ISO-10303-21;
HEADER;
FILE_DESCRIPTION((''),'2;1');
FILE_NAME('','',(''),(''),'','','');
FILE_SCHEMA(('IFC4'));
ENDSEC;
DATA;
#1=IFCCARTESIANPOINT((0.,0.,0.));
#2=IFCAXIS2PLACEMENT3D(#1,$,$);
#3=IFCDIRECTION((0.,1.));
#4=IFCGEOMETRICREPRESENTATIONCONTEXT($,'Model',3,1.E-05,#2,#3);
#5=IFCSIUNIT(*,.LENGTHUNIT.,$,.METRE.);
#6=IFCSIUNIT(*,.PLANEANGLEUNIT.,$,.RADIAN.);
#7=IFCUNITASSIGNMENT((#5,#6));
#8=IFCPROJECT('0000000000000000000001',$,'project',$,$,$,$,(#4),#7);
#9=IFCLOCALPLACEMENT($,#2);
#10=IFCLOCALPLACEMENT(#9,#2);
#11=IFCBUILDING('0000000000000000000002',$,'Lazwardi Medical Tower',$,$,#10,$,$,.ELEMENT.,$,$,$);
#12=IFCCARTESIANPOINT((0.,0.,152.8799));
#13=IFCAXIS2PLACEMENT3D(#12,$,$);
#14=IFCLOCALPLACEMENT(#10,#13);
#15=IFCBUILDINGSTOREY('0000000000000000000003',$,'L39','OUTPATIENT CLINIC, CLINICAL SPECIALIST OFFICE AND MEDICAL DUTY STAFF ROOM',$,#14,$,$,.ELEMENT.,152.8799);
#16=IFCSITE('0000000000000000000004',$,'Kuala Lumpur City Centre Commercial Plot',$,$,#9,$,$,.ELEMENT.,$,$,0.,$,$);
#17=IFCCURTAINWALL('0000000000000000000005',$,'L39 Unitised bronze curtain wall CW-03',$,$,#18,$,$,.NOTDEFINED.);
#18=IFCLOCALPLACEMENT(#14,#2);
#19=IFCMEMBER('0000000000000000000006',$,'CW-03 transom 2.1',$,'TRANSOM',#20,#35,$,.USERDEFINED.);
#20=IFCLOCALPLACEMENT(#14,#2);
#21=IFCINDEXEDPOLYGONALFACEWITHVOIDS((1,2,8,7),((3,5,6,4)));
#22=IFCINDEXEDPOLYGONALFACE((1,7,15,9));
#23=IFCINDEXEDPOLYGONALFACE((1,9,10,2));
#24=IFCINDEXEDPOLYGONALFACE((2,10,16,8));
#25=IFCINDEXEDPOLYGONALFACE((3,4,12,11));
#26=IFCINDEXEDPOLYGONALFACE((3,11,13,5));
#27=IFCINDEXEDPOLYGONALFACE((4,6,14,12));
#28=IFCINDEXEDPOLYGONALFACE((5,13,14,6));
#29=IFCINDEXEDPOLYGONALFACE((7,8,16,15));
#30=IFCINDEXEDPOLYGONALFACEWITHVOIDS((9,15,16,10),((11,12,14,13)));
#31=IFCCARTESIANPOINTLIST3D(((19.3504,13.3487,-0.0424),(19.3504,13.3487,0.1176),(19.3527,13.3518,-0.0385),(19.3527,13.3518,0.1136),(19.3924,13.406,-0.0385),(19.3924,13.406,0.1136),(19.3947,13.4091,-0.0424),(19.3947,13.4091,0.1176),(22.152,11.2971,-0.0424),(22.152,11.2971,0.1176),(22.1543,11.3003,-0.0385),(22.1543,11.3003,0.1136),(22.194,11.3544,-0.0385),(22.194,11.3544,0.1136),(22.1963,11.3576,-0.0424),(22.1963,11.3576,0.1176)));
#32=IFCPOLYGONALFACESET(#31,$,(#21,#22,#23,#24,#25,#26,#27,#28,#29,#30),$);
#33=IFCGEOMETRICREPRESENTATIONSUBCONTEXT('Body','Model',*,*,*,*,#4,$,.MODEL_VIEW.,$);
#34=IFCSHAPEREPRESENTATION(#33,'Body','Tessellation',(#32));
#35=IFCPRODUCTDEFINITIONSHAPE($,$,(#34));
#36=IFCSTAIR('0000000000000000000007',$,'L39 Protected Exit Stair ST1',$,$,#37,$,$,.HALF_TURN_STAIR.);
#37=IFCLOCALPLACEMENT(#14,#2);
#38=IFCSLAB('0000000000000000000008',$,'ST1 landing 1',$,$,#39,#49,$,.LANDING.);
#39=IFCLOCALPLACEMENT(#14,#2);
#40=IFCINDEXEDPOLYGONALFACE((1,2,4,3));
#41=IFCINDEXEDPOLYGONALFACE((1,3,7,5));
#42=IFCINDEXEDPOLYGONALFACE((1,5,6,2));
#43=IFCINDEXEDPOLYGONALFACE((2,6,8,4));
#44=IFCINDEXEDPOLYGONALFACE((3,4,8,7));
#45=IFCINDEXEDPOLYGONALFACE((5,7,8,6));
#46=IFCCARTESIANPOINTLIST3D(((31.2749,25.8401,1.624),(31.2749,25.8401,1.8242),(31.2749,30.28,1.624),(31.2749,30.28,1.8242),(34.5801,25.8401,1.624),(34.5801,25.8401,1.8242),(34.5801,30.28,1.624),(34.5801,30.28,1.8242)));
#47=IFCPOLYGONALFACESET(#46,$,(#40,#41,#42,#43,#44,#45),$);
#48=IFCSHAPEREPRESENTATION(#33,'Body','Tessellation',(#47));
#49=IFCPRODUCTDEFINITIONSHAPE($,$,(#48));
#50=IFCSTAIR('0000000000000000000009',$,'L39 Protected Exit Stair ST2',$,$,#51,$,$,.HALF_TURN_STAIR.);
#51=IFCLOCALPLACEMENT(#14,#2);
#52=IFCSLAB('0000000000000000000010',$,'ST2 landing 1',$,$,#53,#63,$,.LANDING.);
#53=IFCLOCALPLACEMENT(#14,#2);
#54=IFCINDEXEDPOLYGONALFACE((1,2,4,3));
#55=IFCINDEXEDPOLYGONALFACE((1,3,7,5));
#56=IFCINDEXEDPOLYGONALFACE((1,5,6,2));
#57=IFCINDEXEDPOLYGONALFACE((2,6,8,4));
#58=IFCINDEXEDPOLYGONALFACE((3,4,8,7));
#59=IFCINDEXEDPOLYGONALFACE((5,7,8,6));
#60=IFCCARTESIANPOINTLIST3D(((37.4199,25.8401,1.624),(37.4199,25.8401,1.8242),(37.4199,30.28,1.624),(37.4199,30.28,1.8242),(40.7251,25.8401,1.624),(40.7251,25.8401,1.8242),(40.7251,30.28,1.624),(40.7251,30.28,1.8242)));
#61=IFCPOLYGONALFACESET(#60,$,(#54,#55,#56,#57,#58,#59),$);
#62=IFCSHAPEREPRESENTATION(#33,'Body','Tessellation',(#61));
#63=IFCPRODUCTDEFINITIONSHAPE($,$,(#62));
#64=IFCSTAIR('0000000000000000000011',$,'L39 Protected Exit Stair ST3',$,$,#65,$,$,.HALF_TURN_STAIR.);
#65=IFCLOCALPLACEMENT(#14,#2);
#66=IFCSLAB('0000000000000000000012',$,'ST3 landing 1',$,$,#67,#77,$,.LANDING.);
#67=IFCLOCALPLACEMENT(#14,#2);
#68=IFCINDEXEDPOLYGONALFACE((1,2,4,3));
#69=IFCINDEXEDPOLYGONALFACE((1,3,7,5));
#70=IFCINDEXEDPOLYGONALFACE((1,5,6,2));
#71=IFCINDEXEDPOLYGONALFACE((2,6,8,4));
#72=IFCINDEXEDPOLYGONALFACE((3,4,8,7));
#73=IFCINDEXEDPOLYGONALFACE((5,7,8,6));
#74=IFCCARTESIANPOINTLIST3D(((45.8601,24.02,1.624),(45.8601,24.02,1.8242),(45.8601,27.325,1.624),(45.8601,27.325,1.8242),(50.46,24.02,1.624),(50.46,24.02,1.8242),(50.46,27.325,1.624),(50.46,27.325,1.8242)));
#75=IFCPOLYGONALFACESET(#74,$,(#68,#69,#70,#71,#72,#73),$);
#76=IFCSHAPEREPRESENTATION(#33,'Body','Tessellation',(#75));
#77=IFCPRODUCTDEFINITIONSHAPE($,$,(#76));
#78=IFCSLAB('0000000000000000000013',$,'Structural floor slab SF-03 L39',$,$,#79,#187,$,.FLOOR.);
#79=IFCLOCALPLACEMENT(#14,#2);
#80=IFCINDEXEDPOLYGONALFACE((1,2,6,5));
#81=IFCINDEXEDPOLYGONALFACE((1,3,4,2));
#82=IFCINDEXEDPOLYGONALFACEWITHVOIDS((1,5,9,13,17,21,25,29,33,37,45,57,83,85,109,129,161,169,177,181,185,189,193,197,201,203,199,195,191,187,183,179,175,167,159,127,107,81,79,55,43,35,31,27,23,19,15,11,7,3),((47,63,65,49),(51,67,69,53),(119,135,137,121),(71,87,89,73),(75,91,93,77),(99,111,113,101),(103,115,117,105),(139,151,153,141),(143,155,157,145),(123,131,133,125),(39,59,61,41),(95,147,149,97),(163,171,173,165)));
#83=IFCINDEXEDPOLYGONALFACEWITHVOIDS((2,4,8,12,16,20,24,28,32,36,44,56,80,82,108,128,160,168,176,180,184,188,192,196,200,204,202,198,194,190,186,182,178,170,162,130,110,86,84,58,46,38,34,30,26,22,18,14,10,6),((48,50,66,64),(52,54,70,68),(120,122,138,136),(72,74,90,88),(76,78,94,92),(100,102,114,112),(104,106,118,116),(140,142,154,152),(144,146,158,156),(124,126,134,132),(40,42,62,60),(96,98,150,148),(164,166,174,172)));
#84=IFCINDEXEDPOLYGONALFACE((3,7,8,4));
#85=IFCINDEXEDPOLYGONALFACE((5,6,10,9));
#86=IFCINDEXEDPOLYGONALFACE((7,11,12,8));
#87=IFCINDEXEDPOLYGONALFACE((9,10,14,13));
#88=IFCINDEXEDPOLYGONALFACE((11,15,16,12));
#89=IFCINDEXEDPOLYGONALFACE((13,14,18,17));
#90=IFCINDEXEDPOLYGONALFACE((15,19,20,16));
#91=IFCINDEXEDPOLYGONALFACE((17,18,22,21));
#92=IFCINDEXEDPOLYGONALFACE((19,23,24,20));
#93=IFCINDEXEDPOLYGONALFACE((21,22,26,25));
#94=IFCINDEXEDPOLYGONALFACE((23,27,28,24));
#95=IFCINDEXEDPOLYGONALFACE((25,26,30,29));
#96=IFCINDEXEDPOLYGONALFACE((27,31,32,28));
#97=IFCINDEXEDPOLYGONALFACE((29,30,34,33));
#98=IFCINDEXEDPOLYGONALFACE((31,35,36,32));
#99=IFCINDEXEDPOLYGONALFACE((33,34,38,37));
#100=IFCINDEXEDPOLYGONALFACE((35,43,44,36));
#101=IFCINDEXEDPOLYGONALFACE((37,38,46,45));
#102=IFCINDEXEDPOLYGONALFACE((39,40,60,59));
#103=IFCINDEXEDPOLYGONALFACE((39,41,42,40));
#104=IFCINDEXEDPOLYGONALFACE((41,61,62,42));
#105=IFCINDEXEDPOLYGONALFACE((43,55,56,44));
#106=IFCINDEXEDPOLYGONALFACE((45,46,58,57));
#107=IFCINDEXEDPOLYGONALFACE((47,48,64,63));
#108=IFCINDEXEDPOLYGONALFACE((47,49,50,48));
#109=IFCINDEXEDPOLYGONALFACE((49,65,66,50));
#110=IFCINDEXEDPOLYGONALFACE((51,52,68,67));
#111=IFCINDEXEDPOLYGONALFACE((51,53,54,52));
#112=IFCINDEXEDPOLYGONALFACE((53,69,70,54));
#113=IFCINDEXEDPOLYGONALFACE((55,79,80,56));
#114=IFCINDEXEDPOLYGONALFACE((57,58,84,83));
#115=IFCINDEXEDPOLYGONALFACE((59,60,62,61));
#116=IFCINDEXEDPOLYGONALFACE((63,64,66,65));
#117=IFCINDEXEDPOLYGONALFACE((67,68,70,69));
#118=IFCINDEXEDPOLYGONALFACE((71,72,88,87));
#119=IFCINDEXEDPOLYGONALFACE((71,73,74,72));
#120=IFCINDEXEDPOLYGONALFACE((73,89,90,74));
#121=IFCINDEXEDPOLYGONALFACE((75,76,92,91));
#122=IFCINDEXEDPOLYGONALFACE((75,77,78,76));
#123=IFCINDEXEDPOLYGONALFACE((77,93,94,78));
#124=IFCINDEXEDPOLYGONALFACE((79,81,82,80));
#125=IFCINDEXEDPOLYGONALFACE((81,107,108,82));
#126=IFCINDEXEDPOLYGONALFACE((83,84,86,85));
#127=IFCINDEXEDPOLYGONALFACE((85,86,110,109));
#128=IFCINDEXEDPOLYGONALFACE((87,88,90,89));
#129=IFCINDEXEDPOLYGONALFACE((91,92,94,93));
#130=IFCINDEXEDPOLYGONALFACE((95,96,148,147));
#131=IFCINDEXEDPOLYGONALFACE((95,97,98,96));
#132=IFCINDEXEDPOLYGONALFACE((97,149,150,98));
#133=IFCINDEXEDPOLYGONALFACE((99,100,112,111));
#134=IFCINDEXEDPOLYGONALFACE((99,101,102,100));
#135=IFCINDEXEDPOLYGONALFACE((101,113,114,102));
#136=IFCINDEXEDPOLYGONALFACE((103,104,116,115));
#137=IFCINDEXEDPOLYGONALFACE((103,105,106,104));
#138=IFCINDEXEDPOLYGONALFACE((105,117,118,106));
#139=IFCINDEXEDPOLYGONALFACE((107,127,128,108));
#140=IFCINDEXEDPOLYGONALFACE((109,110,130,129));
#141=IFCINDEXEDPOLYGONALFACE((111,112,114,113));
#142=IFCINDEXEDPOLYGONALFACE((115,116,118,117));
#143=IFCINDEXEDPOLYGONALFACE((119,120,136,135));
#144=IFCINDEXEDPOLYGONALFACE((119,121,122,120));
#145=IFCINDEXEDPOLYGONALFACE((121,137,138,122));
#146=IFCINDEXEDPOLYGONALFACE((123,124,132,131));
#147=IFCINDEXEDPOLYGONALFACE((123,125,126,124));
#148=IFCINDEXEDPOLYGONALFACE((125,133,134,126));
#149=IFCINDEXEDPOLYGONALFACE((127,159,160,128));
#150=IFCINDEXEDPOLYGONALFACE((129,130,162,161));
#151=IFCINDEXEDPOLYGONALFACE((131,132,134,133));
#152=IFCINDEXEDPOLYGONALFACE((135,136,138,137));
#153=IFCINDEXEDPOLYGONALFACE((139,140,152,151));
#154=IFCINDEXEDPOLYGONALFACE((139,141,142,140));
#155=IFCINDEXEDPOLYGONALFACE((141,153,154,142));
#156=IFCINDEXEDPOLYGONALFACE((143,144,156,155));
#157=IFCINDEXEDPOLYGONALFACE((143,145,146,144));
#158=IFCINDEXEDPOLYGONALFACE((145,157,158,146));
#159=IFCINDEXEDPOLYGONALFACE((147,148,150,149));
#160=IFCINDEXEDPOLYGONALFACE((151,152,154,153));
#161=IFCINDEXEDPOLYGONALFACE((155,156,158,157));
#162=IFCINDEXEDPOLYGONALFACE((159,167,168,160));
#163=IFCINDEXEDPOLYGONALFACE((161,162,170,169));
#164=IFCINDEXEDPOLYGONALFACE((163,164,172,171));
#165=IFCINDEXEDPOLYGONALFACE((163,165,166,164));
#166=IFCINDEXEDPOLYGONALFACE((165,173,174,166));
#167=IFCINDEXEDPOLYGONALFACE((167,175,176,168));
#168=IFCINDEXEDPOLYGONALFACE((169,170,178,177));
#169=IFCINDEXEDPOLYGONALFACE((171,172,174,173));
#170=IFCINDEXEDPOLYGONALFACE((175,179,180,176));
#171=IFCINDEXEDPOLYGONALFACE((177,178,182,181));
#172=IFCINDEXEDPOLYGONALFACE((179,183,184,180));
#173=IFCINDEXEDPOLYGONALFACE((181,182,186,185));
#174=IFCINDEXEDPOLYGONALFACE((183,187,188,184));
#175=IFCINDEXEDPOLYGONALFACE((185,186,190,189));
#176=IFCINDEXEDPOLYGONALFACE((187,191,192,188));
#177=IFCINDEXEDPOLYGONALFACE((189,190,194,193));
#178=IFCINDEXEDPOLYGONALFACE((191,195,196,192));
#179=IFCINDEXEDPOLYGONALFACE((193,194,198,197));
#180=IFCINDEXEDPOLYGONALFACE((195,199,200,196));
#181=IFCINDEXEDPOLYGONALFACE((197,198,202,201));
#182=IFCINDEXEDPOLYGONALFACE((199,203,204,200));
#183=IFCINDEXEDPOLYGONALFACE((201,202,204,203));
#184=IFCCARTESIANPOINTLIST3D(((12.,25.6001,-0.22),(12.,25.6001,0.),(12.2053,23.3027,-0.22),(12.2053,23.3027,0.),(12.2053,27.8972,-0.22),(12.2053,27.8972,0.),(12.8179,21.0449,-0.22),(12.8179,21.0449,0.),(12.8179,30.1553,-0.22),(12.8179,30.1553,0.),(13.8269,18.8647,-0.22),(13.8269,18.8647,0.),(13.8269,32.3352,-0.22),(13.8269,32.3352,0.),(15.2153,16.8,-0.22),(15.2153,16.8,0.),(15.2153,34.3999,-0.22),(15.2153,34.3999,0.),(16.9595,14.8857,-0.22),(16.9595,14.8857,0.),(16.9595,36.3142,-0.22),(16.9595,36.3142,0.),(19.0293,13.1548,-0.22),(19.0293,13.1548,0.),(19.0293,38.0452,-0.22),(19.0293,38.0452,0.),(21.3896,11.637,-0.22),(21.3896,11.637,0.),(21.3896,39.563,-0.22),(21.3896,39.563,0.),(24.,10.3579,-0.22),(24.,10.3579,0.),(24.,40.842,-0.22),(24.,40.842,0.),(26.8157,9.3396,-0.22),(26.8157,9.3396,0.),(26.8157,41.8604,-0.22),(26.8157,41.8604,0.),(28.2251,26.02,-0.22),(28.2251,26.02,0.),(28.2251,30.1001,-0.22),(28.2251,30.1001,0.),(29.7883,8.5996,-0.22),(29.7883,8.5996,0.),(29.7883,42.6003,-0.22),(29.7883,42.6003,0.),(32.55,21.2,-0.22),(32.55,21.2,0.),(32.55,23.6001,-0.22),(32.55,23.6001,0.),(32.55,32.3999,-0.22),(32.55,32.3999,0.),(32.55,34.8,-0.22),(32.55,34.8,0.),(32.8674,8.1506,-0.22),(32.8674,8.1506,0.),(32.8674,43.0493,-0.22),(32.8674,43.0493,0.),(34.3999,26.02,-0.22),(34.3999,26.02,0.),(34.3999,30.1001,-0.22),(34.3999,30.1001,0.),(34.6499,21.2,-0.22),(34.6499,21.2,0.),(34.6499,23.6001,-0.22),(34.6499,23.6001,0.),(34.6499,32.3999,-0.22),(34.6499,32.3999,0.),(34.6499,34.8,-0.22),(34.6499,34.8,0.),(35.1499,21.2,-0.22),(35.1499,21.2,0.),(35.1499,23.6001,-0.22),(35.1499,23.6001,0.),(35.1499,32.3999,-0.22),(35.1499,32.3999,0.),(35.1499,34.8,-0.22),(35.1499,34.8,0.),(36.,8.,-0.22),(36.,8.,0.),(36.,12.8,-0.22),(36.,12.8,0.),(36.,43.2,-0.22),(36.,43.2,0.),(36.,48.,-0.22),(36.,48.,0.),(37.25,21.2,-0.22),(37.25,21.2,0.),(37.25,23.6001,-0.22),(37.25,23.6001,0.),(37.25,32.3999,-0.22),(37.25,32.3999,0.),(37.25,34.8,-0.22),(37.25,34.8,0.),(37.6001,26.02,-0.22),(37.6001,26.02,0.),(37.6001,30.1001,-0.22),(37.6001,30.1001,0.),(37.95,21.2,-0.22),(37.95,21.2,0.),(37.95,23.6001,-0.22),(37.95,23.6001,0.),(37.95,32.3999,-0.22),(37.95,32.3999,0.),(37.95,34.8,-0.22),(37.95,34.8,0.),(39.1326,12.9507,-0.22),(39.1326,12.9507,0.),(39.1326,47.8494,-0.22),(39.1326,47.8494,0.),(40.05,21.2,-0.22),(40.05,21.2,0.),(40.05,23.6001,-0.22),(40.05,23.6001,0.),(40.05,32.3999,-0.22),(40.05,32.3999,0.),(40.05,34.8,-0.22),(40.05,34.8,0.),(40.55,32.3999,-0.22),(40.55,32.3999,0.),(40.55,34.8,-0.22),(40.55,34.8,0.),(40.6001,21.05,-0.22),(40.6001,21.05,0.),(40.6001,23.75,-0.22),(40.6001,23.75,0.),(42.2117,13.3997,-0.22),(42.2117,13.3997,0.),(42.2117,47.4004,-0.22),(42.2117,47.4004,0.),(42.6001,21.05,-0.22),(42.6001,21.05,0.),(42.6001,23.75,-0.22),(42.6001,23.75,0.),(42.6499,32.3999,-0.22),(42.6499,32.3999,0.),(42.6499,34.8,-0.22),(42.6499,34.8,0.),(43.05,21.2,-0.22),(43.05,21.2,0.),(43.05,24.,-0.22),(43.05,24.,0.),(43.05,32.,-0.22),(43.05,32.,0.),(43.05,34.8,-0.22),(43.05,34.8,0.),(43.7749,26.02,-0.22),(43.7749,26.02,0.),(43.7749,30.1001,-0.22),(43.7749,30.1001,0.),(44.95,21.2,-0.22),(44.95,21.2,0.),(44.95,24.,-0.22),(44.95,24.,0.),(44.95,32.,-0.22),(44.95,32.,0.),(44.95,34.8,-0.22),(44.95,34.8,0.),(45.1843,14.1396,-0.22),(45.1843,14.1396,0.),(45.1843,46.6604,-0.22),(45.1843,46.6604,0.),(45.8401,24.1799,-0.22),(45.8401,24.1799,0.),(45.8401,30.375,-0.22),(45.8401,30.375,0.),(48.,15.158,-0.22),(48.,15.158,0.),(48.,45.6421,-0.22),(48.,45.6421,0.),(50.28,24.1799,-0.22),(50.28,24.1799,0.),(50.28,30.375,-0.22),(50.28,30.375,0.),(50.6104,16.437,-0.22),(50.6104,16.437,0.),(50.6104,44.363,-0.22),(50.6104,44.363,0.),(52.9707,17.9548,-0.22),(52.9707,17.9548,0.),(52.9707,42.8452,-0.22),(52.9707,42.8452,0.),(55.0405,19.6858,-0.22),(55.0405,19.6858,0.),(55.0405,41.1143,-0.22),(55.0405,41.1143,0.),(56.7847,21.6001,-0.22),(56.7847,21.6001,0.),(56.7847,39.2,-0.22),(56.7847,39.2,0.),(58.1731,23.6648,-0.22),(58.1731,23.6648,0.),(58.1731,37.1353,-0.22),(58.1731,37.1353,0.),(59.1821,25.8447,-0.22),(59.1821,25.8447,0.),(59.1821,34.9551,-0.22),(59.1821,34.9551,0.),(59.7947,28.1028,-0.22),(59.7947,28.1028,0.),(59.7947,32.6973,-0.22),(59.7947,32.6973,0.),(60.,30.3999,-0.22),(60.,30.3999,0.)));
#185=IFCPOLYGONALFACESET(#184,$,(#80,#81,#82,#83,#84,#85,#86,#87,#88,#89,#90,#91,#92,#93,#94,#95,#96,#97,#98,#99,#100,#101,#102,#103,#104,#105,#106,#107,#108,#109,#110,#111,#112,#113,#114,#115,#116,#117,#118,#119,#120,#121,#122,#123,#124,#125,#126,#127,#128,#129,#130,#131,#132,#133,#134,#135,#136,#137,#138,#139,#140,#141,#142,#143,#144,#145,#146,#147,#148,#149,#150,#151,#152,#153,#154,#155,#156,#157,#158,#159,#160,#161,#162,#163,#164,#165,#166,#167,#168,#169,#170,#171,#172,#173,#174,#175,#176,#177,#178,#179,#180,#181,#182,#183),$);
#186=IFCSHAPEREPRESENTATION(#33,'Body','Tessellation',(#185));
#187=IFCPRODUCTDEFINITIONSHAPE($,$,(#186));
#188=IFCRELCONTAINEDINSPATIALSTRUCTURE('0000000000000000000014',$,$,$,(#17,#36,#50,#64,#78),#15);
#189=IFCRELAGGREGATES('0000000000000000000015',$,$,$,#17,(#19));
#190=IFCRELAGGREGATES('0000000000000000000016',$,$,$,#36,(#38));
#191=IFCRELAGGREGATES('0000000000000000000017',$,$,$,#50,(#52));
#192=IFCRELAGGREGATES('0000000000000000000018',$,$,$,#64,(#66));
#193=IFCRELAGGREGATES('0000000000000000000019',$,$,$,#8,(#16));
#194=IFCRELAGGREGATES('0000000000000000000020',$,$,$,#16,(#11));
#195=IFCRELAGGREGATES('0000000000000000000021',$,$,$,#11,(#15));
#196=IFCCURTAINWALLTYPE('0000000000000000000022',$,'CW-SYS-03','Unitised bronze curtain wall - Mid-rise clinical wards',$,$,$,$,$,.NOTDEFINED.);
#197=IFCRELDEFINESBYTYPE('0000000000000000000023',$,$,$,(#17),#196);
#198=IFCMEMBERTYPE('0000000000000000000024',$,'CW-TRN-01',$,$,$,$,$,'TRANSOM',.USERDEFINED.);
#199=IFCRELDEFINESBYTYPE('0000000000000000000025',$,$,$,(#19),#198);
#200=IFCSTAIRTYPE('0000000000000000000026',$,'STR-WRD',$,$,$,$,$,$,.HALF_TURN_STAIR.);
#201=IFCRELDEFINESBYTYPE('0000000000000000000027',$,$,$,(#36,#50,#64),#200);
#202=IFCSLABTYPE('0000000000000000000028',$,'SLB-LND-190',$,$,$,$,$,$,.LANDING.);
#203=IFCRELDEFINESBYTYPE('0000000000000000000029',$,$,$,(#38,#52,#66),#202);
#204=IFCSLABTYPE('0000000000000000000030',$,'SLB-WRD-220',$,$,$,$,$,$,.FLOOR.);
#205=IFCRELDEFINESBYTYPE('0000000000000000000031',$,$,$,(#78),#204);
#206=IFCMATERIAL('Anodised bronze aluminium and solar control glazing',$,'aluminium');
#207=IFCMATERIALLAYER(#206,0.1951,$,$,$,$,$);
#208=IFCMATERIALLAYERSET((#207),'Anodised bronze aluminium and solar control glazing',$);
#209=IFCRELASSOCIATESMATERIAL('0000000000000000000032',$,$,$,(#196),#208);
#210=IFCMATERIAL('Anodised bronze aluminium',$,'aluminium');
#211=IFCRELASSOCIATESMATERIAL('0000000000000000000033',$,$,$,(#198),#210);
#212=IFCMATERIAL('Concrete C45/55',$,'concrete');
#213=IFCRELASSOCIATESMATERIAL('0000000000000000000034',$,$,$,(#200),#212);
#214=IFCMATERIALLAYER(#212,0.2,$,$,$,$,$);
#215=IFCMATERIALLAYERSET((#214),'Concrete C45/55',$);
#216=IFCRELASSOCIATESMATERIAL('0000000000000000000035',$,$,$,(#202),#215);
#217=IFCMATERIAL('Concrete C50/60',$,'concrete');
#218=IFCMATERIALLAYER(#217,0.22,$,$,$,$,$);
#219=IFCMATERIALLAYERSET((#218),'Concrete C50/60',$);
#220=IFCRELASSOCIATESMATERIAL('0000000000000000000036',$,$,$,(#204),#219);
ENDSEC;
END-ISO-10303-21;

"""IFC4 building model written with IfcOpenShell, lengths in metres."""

from ifc_helpers import new_model, si_unit, direction, frame, origin, origin_2d, place, context, subcontext, project, spatial, polyline, hollow_rectangle, outline, extrude, material, layer, layer_set, material_profile, profile_set, type_object, element, aggregate, save


model = new_model("IFC4")

# Units and contexts
model_context = context("Model", 3, precision=1e-05, world=origin(), true_north=direction((0.0, 1.0)))
body_context = subcontext(model_context, "Body", "Model", "MODEL_VIEW")
ifc_project = project(units=[si_unit("LENGTHUNIT", "METRE"), si_unit("PLANEANGLEUNIT", "RADIAN")], contexts=[model_context])

# Site, building, storey
site_placement = place(None, origin())
site = spatial("IfcSite", under=ifc_project, at=site_placement, Name="Kuala Lumpur City Centre Commercial Plot", CompositionType="ELEMENT", RefElevation=0.0)
building_placement = place(site_placement, origin())
building = spatial("IfcBuilding", under=site, at=building_placement, Name="Lazwardi Medical Tower", CompositionType="ELEMENT")
storey_placement = place(building_placement, frame((0.0, 0.0, 152.8799)))
storey = spatial("IfcBuildingStorey", under=building, at=storey_placement, Name="L39", Description="OUTPATIENT CLINIC, CLINICAL SPECIALIST OFFICE AND MEDICAL DUTY STAFF ROOM", CompositionType="ELEMENT", Elevation=152.8799)

# Curtain wall, member
ifc_material_1 = material(Name="Anodised bronze aluminium and solar control glazing", Category="aluminium")
ifc_layer_1 = layer(ifc_material_1, 0.1951)
ifc_layer_set_1 = layer_set([ifc_layer_1], Name="Anodised bronze aluminium and solar control glazing")
curtain_wall_type = type_object("IfcCurtainWallType", Name="CW-SYS-03", Description="Unitised bronze curtain wall - Mid-rise clinical wards", PredefinedType="NOTDEFINED", material=ifc_layer_set_1)
curtain_wall_placement = place(storey_placement, origin())
curtain_wall = element("IfcCurtainWall", 1, at=curtain_wall_placement, inside=storey, type_object=curtain_wall_type, Name="L39 Unitised bronze curtain wall CW-03", PredefinedType="NOTDEFINED")
ifc_material_2 = material(Name="Anodised bronze aluminium", Category="aluminium")
ifc_material_profile = material_profile(ifc_material_2, hollow_rectangle(XDim=0.075, YDim=0.1599, WallThickness=0.0039, at=origin_2d()), Name="ALU-TRANSOM 160x75x4")
ifc_profile_set = profile_set([ifc_material_profile], Name="Anodised bronze aluminium")
member_type = type_object("IfcMemberType", Name="CW-TRN-01", ElementType="TRANSOM", PredefinedType="USERDEFINED", material=ifc_profile_set)
member_placement = place(storey_placement, frame((19.3726, 13.3789, 0.0376), z_axis=(0.806807, -0.590815, 0.0), x_axis=(0.590815, 0.806807, 0.0)))
member = element("IfcMember", 2, at=member_placement, type_object=member_type, Name="CW-03 transom 2.1", ObjectType="TRANSOM", PredefinedType="USERDEFINED", context=body_context, shape_type="SweptSolid", body=[
    extrude(hollow_rectangle(XDim=0.075, YDim=0.1599, WallThickness=0.0039, at=origin_2d()), origin(), (0.0, 0.0, 1.0), 3.4724),
])
aggregate(curtain_wall, [member])

# Stairs, slabs
ifc_material_3 = material(Name="Concrete C45/55", Category="concrete")
stair_type = type_object("IfcStairType", Name="STR-WRD", PredefinedType="HALF_TURN_STAIR", material=ifc_material_3)
stair_1_placement = place(storey_placement, origin())
stair_1 = element("IfcStair", 3, at=stair_1_placement, inside=storey, type_object=stair_type, Name="L39 Protected Exit Stair ST1", PredefinedType="HALF_TURN_STAIR")
ifc_layer_2 = layer(ifc_material_3, 0.2)
ifc_layer_set_2 = layer_set([ifc_layer_2], Name="Concrete C45/55")
slab_type_1 = type_object("IfcSlabType", Name="SLB-LND-190", PredefinedType="LANDING", material=ifc_layer_set_2)
slab_1_placement = place(storey_placement, frame((0.0, 0.0, 1.624)))
slab_1 = element("IfcSlab", 4, at=slab_1_placement, type_object=slab_type_1, Name="ST1 landing 1", PredefinedType="LANDING", context=body_context, shape_type="SweptSolid", body=[
    extrude(outline(polyline([(31.2749, 25.8401), (34.5801, 25.8401), (34.5801, 30.28), (31.2749, 30.28), (31.2749, 25.8401)])), origin(), (0.0, 0.0, 1.0), 0.2002),
])
aggregate(stair_1, [slab_1])
stair_2_placement = place(storey_placement, origin())
stair_2 = element("IfcStair", 5, at=stair_2_placement, inside=storey, type_object=stair_type, Name="L39 Protected Exit Stair ST2", PredefinedType="HALF_TURN_STAIR")
slab_2_placement = place(storey_placement, frame((0.0, 0.0, 1.624)))
slab_2 = element("IfcSlab", 6, at=slab_2_placement, type_object=slab_type_1, Name="ST2 landing 1", PredefinedType="LANDING", context=body_context, shape_type="SweptSolid", body=[
    extrude(outline(polyline([(40.7251, 30.28), (37.4199, 30.28), (37.4199, 25.8401), (40.7251, 25.8401), (40.7251, 30.28)])), origin(), (0.0, 0.0, 1.0), 0.2002),
])
aggregate(stair_2, [slab_2])
stair_3_placement = place(storey_placement, origin())
stair_3 = element("IfcStair", 7, at=stair_3_placement, inside=storey, type_object=stair_type, Name="L39 Protected Exit Stair ST3", PredefinedType="HALF_TURN_STAIR")
slab_3_placement = place(storey_placement, frame((0.0, 0.0, 1.624)))
slab_3 = element("IfcSlab", 8, at=slab_3_placement, type_object=slab_type_1, Name="ST3 landing 1", PredefinedType="LANDING", context=body_context, shape_type="SweptSolid", body=[
    extrude(outline(polyline([(45.8601, 27.325), (45.8601, 24.02), (50.46, 24.02), (50.46, 27.325), (45.8601, 27.325)])), origin(), (0.0, 0.0, 1.0), 0.2002),
])
aggregate(stair_3, [slab_3])

# Slab
ifc_material_4 = material(Name="Concrete C50/60", Category="concrete")
ifc_layer_3 = layer(ifc_material_4, 0.22)
ifc_layer_set_3 = layer_set([ifc_layer_3], Name="Concrete C50/60")
slab_type_2 = type_object("IfcSlabType", Name="SLB-WRD-220", PredefinedType="FLOOR", material=ifc_layer_set_3)
slab_4_placement = place(storey_placement, frame((0.0, 0.0, -0.22)))
element("IfcSlab", 9, at=slab_4_placement, inside=storey, type_object=slab_type_2, Name="Structural floor slab SF-03 L39", PredefinedType="FLOOR", context=body_context, shape_type="SweptSolid", body=[
    extrude(outline(polyline([(12.2053, 23.3027), (12.8179, 21.0449), (13.8269, 18.8647), (15.2153, 16.8), (16.9595, 14.8857), (19.0293, 13.1548), (21.3896, 11.637), (24.0, 10.3579), (26.8157, 9.3396), (29.7883, 8.5996), (32.8674, 8.1506), (36.0, 8.0), (36.0, 12.8), (39.1326, 12.9507), (42.2117, 13.3997), (45.1843, 14.1396), (48.0, 15.158), (50.6104, 16.437), (52.9707, 17.9548), (55.0405, 19.6858), (56.7847, 21.6001), (58.1731, 23.6648), (59.1821, 25.8447), (59.7947, 28.1028), (60.0, 30.3999), (59.7947, 32.6973), (59.1821, 34.9551), (58.1731, 37.1353), (56.7847, 39.2), (55.0405, 41.1143), (52.9707, 42.8452), (50.6104, 44.363), (48.0, 45.6421), (45.1843, 46.6604), (42.2117, 47.4004), (39.1326, 47.8494), (36.0, 48.0), (36.0, 43.2), (32.8674, 43.0493), (29.7883, 42.6003), (26.8157, 41.8604), (24.0, 40.842), (21.3896, 39.563), (19.0293, 38.0452), (16.9595, 36.3142), (15.2153, 34.3999), (13.8269, 32.3352), (12.8179, 30.1553), (12.2053, 27.8972), (12.0, 25.6001), (12.2053, 23.3027)]), holes=[polyline([(28.2251, 26.02), (28.2251, 30.1001), (34.3999, 30.1001), (34.3999, 26.02), (28.2251, 26.02)]), polyline([(37.6001, 30.1001), (43.7749, 30.1001), (43.7749, 26.02), (37.6001, 26.02), (37.6001, 30.1001)]), polyline([(50.28, 30.375), (50.28, 24.1799), (45.8401, 24.1799), (45.8401, 30.375), (50.28, 30.375)]), polyline([(34.6499, 32.3999), (32.55, 32.3999), (32.55, 34.8), (34.6499, 34.8), (34.6499, 32.3999)]), polyline([(35.1499, 32.3999), (35.1499, 34.8), (37.25, 34.8), (37.25, 32.3999), (35.1499, 32.3999)]), polyline([(32.55, 23.6001), (34.6499, 23.6001), (34.6499, 21.2), (32.55, 21.2), (32.55, 23.6001)]), polyline([(37.25, 23.6001), (37.25, 21.2), (35.1499, 21.2), (35.1499, 23.6001), (37.25, 23.6001)]), polyline([(40.05, 32.3999), (37.95, 32.3999), (37.95, 34.8), (40.05, 34.8), (40.05, 32.3999)]), polyline([(40.55, 32.3999), (40.55, 34.8), (42.6499, 34.8), (42.6499, 32.3999), (40.55, 32.3999)]), polyline([(37.95, 23.6001), (40.05, 23.6001), (40.05, 21.2), (37.95, 21.2), (37.95, 23.6001)]), polyline([(44.95, 34.8), (44.95, 32.0), (43.05, 32.0), (43.05, 34.8), (44.95, 34.8)]), polyline([(44.95, 21.2), (43.05, 21.2), (43.05, 24.0), (44.95, 24.0), (44.95, 21.2)]), polyline([(40.6001, 21.05), (40.6001, 23.75), (42.6001, 23.75), (42.6001, 21.05), (40.6001, 21.05)])]), origin(), (0.0, 0.0, 1.0), 0.22),
])

save(model, "model.ifc")
